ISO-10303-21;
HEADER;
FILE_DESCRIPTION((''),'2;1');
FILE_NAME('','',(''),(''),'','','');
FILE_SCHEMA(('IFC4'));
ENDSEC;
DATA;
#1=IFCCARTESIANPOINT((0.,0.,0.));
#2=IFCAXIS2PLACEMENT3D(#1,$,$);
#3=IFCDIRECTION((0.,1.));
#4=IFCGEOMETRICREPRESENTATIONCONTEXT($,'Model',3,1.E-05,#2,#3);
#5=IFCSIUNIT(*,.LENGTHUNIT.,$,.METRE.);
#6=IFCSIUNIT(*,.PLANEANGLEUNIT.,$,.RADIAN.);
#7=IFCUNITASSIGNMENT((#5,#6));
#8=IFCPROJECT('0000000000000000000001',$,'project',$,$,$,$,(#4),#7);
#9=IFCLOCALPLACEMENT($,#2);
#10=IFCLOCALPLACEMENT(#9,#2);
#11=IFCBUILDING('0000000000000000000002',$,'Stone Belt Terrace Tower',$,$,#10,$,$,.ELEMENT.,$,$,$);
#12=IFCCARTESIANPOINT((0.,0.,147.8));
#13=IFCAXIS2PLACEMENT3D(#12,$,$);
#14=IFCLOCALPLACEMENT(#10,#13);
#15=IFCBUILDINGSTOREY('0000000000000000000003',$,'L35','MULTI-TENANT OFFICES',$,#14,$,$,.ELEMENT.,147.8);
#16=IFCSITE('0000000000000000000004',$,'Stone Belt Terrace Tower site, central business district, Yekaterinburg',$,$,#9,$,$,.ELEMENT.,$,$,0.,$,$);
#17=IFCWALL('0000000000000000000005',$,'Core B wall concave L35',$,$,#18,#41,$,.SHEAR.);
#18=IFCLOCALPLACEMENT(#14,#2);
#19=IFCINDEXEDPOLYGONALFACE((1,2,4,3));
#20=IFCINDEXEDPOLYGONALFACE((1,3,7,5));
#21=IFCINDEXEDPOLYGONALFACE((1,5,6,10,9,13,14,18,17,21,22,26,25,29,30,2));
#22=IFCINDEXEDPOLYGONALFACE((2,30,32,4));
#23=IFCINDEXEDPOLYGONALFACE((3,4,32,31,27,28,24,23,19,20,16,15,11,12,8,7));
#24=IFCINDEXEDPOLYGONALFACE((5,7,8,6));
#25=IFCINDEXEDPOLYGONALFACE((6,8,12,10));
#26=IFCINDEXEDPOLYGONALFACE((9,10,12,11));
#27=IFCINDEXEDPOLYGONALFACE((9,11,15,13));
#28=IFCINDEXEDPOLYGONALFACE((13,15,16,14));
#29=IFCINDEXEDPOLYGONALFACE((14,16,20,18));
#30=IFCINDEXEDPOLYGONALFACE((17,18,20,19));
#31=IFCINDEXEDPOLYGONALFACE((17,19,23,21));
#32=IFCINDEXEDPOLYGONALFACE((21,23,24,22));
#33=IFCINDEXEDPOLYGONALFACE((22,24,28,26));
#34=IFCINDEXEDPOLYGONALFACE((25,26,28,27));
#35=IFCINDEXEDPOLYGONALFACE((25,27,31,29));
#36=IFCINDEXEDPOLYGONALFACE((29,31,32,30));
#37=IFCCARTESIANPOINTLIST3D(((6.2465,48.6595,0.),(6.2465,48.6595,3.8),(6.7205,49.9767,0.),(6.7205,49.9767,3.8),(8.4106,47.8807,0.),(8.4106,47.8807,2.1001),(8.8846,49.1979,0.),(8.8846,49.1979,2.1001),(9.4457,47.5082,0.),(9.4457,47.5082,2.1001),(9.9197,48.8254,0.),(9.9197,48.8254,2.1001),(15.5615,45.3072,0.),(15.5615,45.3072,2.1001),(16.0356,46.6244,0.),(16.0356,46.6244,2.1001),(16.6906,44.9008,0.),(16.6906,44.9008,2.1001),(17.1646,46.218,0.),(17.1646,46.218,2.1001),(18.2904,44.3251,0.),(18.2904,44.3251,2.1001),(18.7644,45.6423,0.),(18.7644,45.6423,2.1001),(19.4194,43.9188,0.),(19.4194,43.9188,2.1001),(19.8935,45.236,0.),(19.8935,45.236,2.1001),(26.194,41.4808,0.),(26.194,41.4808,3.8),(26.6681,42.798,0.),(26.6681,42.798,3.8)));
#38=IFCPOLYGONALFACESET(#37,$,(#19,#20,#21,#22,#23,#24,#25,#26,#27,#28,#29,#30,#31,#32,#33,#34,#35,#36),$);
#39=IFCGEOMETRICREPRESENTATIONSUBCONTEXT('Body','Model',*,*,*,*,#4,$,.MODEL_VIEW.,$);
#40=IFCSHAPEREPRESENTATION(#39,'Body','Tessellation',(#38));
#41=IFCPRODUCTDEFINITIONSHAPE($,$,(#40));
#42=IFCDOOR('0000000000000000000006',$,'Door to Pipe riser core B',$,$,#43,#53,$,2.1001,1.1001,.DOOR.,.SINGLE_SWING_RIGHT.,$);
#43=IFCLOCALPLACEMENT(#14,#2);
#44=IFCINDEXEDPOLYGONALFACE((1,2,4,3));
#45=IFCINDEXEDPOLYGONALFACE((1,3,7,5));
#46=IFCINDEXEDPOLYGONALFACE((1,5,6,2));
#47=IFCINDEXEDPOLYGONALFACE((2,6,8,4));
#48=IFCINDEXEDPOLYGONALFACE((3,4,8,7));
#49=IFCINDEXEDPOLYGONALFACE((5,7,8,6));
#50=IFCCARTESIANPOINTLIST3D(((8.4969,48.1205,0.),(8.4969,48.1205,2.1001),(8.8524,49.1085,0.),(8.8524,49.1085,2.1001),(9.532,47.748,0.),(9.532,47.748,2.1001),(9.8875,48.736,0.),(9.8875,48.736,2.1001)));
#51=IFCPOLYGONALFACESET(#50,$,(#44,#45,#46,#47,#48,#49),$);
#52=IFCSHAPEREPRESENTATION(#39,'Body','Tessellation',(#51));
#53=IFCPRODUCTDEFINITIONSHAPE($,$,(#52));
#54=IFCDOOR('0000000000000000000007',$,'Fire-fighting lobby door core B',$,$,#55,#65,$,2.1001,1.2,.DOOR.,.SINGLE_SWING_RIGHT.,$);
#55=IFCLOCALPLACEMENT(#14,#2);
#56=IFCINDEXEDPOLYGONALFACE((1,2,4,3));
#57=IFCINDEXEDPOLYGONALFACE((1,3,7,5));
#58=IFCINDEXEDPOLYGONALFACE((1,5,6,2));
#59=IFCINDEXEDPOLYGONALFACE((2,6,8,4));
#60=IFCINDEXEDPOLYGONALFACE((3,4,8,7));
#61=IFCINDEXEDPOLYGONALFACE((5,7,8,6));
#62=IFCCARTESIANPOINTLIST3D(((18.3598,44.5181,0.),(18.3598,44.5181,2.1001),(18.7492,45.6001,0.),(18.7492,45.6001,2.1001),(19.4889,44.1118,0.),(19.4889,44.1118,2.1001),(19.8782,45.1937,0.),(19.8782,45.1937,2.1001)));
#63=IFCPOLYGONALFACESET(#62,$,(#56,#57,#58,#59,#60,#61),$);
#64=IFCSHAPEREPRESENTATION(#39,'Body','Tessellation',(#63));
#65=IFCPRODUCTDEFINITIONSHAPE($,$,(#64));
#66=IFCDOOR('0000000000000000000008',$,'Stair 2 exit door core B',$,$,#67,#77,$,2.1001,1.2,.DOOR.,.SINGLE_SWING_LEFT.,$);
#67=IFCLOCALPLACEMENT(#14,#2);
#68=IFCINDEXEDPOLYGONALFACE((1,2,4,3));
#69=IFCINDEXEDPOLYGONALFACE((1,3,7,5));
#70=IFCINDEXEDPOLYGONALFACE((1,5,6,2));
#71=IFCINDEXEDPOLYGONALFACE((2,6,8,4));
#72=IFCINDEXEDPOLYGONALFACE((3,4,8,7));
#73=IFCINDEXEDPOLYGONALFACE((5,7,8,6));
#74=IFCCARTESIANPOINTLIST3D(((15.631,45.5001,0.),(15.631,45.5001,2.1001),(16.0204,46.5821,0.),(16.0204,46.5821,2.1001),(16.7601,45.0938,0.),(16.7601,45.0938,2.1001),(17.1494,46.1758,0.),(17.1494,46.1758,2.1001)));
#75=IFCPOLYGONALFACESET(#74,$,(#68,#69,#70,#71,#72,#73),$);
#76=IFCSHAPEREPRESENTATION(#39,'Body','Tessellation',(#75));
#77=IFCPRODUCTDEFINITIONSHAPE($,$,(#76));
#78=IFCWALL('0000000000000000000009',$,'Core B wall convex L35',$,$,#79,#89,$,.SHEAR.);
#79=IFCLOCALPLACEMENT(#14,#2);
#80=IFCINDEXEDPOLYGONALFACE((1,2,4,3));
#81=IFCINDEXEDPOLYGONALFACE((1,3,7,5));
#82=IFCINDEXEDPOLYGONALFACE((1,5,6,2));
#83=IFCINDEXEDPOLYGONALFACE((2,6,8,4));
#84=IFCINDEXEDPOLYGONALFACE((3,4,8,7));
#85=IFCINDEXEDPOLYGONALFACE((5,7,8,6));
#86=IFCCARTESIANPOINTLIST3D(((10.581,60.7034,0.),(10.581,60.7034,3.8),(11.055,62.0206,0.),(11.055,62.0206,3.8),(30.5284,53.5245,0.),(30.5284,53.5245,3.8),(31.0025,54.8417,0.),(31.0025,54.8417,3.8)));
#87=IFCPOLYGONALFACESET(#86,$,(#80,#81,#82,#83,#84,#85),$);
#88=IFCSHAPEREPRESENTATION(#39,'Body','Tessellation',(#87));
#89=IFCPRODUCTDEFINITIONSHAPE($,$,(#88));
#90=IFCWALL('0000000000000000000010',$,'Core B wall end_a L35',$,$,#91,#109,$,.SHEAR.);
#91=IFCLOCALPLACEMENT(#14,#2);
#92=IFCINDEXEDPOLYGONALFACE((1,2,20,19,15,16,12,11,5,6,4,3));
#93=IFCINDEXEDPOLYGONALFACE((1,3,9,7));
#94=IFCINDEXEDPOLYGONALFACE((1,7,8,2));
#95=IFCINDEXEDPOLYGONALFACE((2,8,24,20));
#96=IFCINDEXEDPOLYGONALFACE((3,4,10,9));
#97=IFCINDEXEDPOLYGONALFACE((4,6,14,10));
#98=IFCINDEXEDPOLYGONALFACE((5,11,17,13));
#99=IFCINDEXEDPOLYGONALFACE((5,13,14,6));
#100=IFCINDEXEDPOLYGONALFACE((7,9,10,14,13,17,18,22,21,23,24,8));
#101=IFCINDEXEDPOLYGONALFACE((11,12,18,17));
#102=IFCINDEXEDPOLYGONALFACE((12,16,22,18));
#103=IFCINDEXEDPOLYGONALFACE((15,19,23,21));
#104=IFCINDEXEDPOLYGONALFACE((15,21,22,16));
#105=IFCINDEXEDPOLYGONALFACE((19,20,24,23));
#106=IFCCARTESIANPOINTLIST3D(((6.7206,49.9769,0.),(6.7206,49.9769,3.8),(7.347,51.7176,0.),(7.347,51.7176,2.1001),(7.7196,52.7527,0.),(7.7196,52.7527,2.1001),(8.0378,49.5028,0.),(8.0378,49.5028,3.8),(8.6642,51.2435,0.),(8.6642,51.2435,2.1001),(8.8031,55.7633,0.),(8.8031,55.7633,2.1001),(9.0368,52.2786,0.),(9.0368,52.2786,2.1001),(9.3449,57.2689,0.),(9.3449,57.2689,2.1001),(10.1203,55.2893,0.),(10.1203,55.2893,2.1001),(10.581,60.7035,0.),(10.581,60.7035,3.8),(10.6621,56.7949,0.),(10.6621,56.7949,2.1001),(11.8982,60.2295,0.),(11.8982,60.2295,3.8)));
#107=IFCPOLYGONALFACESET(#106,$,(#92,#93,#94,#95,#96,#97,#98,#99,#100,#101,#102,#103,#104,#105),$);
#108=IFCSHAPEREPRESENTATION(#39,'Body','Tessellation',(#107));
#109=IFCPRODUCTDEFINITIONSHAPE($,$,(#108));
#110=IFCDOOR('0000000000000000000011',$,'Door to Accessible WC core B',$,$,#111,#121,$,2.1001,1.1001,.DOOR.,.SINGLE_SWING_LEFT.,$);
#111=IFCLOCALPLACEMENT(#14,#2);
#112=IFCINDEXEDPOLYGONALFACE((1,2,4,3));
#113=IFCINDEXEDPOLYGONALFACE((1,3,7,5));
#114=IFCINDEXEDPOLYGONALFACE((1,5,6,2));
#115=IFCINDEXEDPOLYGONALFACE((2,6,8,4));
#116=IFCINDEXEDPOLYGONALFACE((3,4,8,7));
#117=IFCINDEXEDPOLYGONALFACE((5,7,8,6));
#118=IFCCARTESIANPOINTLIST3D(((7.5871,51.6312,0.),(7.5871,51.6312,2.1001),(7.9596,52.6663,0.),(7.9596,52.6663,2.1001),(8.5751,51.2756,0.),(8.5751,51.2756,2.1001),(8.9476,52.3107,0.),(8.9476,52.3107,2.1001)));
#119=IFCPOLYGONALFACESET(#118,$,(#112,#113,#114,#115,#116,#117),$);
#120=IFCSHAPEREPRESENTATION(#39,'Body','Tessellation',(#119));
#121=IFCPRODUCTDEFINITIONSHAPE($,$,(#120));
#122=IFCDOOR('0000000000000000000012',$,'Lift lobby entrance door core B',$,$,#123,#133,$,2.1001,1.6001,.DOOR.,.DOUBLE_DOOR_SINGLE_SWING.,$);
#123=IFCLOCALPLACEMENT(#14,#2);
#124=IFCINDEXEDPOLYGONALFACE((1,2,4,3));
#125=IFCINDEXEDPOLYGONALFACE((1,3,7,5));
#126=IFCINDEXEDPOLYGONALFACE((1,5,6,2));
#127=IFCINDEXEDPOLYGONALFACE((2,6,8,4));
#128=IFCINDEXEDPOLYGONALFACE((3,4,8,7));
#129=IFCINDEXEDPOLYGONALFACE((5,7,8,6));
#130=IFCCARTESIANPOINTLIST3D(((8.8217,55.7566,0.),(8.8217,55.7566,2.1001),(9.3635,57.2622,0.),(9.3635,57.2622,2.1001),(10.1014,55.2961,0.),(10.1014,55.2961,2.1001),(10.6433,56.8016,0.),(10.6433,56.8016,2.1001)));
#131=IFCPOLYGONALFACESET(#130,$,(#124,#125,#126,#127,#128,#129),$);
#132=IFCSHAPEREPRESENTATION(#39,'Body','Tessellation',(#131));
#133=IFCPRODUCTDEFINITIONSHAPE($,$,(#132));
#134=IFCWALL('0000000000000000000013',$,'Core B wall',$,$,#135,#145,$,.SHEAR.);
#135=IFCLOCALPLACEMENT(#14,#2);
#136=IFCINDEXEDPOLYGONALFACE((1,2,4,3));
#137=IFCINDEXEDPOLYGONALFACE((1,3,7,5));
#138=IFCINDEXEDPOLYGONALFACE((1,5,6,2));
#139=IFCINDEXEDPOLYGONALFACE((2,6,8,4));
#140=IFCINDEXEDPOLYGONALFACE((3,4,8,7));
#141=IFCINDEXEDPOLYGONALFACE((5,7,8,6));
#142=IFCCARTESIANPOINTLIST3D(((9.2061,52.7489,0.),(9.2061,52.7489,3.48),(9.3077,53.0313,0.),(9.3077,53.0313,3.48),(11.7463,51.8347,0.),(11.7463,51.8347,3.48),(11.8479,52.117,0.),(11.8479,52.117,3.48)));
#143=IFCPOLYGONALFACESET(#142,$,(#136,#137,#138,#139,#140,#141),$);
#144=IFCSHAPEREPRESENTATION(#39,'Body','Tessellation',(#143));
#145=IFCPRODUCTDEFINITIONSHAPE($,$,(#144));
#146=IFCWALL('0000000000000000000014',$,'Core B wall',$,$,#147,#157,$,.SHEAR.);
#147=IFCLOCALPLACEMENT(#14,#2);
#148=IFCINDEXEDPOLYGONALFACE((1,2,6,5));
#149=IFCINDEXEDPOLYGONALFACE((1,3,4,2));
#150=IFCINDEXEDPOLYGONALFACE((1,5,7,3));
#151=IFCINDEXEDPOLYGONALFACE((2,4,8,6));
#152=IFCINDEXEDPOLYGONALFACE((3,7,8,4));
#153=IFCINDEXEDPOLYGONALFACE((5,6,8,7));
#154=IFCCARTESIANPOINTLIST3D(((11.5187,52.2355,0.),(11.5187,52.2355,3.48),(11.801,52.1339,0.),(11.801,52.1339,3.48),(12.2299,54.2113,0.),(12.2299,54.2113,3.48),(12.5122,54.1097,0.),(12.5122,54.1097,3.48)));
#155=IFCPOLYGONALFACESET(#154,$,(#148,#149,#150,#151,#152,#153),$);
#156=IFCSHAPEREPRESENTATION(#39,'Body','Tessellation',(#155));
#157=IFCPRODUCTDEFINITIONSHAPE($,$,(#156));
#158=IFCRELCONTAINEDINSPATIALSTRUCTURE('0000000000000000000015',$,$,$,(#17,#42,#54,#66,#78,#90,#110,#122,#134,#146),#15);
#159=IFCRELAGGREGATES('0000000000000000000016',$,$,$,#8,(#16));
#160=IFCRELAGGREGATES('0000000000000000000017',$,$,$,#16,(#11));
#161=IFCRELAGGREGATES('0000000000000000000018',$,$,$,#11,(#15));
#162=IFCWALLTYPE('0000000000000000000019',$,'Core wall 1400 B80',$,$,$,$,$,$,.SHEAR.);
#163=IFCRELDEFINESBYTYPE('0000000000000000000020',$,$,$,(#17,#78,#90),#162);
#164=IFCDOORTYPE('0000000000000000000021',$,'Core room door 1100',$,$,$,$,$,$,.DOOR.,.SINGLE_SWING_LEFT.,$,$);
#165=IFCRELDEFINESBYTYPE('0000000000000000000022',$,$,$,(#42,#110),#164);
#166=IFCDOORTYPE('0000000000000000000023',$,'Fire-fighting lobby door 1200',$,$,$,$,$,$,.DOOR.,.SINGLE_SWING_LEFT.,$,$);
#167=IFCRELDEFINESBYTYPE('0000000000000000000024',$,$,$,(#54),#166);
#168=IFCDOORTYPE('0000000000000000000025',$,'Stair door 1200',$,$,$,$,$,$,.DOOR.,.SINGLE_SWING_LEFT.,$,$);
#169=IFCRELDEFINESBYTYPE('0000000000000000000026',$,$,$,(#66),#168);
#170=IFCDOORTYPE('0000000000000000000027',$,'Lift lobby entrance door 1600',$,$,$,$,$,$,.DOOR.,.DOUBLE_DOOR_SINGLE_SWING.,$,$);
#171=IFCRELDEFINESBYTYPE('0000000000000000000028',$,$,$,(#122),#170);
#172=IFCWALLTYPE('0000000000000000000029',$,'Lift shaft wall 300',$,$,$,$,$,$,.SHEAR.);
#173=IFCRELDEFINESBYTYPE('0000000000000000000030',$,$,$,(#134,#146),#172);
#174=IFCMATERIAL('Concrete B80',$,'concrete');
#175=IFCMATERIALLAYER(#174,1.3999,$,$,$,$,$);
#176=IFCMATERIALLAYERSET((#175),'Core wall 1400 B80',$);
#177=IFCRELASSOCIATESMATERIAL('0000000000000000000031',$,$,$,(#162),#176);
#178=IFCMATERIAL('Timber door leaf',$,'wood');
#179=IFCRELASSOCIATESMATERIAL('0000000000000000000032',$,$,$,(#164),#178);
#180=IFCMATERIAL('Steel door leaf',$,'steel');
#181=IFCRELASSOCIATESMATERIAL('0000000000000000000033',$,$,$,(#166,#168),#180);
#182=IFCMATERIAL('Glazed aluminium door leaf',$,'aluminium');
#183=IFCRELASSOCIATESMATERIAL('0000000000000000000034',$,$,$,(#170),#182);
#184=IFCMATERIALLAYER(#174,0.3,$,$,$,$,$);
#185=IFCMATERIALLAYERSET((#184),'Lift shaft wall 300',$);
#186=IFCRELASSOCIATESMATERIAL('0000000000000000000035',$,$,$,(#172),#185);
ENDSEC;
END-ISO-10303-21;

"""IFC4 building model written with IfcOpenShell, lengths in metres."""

from ifc_helpers import new_model, si_unit, direction, frame, frame_2d, origin, place, context, subcontext, project, spatial, rectangle, extrude, material, layer, layer_set, type_object, element, fill, save


model = new_model("IFC4")

# Units and contexts
model_context = context("Model", 3, precision=1e-05, world=origin(), true_north=direction((0.0, 1.0)))
body_context = subcontext(model_context, "Body", "Model", "MODEL_VIEW")
ifc_project = project(units=[si_unit("LENGTHUNIT", "METRE"), si_unit("PLANEANGLEUNIT", "RADIAN")], contexts=[model_context])

# Site, building, storey
site_placement = place(None, origin())
site = spatial("IfcSite", under=ifc_project, at=site_placement, Name="Stone Belt Terrace Tower site, central business district, Yekaterinburg", CompositionType="ELEMENT", RefElevation=0.0)
building_placement = place(site_placement, origin())
building = spatial("IfcBuilding", under=site, at=building_placement, Name="Stone Belt Terrace Tower", CompositionType="ELEMENT")
storey_placement = place(building_placement, frame((0.0, 0.0, 147.8)))
storey = spatial("IfcBuildingStorey", under=building, at=storey_placement, Name="L35", Description="MULTI-TENANT OFFICES", CompositionType="ELEMENT", Elevation=147.8)

# Shared definitions
ifc_material_1 = material(Name="Concrete B80", Category="concrete")

# Shared definitions
ifc_material_2 = material(Name="Timber door leaf", Category="wood")

# Wall, openings, doors
ifc_layer_1 = layer(ifc_material_1, 1.3999)
ifc_layer_set_1 = layer_set([ifc_layer_1], Name="Core wall 1400 B80")
wall_type_1 = type_object("IfcWallType", Name="Core wall 1400 B80", PredefinedType="SHEAR", material=ifc_layer_set_1)
wall_1_placement = place(storey_placement, frame((6.4834, 49.3181, 0.0), z_axis=(0.0, 0.0, 1.0), x_axis=(0.940923, -0.33862, 0.0)))
wall_1 = element("IfcWall", 1, at=wall_1_placement, inside=storey, type_object=wall_type_1, Name="Core B wall concave L35", PredefinedType="SHEAR", context=body_context, shape_type="SweptSolid", body=[
    extrude(rectangle(XDim=21.2, YDim=1.3999, at=frame_2d((10.6001, 0.0))), origin(), (0.0, 0.0, 1.0), 3.8),
])
opening_1_placement = place(wall_1_placement, frame((12.8, 0.0, 0.0)))
opening_1 = element("IfcOpeningElement", 2, at=opening_1_placement, cuts=wall_1, PredefinedType="OPENING", context=body_context, shape_type="SweptSolid", body=[
    extrude(rectangle(XDim=1.2, YDim=2.1001, at=frame_2d((0.6001, 1.05))), frame((0.0, 0.71, 0.0), z_axis=(0.0, -1.0, 0.0), x_axis=(1.0, 0.0, 0.0)), (0.0, 0.0, 1.0), 1.4199),
])
opening_2_placement = place(wall_1_placement, frame((9.8999, 0.0, 0.0)))
opening_2 = element("IfcOpeningElement", 3, at=opening_2_placement, cuts=wall_1, PredefinedType="OPENING", context=body_context, shape_type="SweptSolid", body=[
    extrude(rectangle(XDim=1.2, YDim=2.1001, at=frame_2d((0.6001, 1.05))), frame((0.0, 0.71, 0.0), z_axis=(0.0, -1.0, 0.0), x_axis=(1.0, 0.0, 0.0)), (0.0, 0.0, 1.0), 1.4199),
])
opening_3_placement = place(wall_1_placement, frame((2.3, 0.0, 0.0)))
opening_3 = element("IfcOpeningElement", 4, at=opening_3_placement, cuts=wall_1, PredefinedType="OPENING", context=body_context, shape_type="SweptSolid", body=[
    extrude(rectangle(XDim=1.1001, YDim=2.1001, at=frame_2d((0.55, 1.05))), frame((0.0, 0.71, 0.0), z_axis=(0.0, -1.0, 0.0), x_axis=(1.0, 0.0, 0.0)), (0.0, 0.0, 1.0), 1.4199),
])
door_type_1 = type_object("IfcDoorType", Name="Core room door 1100", OperationType="SINGLE_SWING_LEFT", PredefinedType="DOOR", material=ifc_material_2)
door_1_placement = place(opening_3_placement, origin())
door_1 = element("IfcDoor", 5, at=door_1_placement, inside=storey, type_object=door_type_1, Name="Door to Pipe riser core B", OperationType="SINGLE_SWING_RIGHT", OverallHeight=2.1001, OverallWidth=1.1001, PredefinedType="DOOR", context=body_context, shape_type="SweptSolid", body=[
    extrude(rectangle(XDim=1.1001, YDim=2.1001, at=frame_2d((0.55, 1.05))), frame((0.0, 0.605, 0.0), z_axis=(0.0, -1.0, 0.0), x_axis=(1.0, 0.0, 0.0)), (0.0, 0.0, 1.0), 1.05),
])
fill(opening_3, door_1)
ifc_material_3 = material(Name="Steel door leaf", Category="steel")
door_type_2 = type_object("IfcDoorType", Name="Fire-fighting lobby door 1200", OperationType="SINGLE_SWING_LEFT", PredefinedType="DOOR", material=ifc_material_3)
door_2_placement = place(opening_1_placement, origin())
door_2 = element("IfcDoor", 6, at=door_2_placement, inside=storey, type_object=door_type_2, Name="Fire-fighting lobby door core B", OperationType="SINGLE_SWING_RIGHT", OverallHeight=2.1001, OverallWidth=1.2, PredefinedType="DOOR", context=body_context, shape_type="SweptSolid", body=[
    extrude(rectangle(XDim=1.2, YDim=2.1001, at=frame_2d((0.6001, 1.05))), frame((0.0, 0.655, 0.0), z_axis=(0.0, -1.0, 0.0), x_axis=(1.0, 0.0, 0.0)), (0.0, 0.0, 1.0), 1.1499),
])
fill(opening_1, door_2)
door_type_3 = type_object("IfcDoorType", Name="Stair door 1200", OperationType="SINGLE_SWING_LEFT", PredefinedType="DOOR", material=ifc_material_3)
door_3_placement = place(opening_2_placement, origin())
door_3 = element("IfcDoor", 7, at=door_3_placement, inside=storey, type_object=door_type_3, Name="Stair 2 exit door core B", OperationType="SINGLE_SWING_LEFT", OverallHeight=2.1001, OverallWidth=1.2, PredefinedType="DOOR", context=body_context, shape_type="SweptSolid", body=[
    extrude(rectangle(XDim=1.2, YDim=2.1001, at=frame_2d((0.6001, 1.05))), frame((0.0, 0.655, 0.0), z_axis=(0.0, -1.0, 0.0), x_axis=(1.0, 0.0, 0.0)), (0.0, 0.0, 1.0), 1.1499),
])
fill(opening_2, door_3)

# Wall
wall_2_placement = place(storey_placement, frame((10.8179, 61.3621, 0.0), z_axis=(0.0, 0.0, 1.0), x_axis=(0.94092, -0.33863, 0.0)))
element("IfcWall", 8, at=wall_2_placement, inside=storey, type_object=wall_type_1, Name="Core B wall convex L35", PredefinedType="SHEAR", context=body_context, shape_type="SweptSolid", body=[
    extrude(rectangle(XDim=21.2, YDim=1.3999, at=frame_2d((10.6001, 0.0))), origin(), (0.0, 0.0, 1.0), 3.8),
])

# Wall, openings, doors
wall_3_placement = place(storey_placement, frame((7.3792, 49.7397, 0.0), z_axis=(0.0, 0.0, 1.0), x_axis=(0.338625, 0.940921, 0.0)))
wall_3 = element("IfcWall", 9, at=wall_3_placement, inside=storey, type_object=wall_type_1, Name="Core B wall end_a L35", PredefinedType="SHEAR", context=body_context, shape_type="SweptSolid", body=[
    extrude(rectangle(XDim=11.4001, YDim=1.3999, at=frame_2d((5.7002, 0.0))), origin(), (0.0, 0.0, 1.0), 3.8),
])
opening_4_placement = place(wall_3_placement, frame((6.1499, 0.0, 0.0)))
opening_4 = element("IfcOpeningElement", 10, at=opening_4_placement, cuts=wall_3, PredefinedType="OPENING", context=body_context, shape_type="SweptSolid", body=[
    extrude(rectangle(XDim=1.6001, YDim=2.1001, at=frame_2d((0.8, 1.05))), frame((0.0, 0.71, 0.0), z_axis=(0.0, -1.0, 0.0), x_axis=(1.0, 0.0, 0.0)), (0.0, 0.0, 1.0), 1.4199),
])
opening_5_placement = place(wall_3_placement, frame((1.8501, 0.0, 0.0)))
opening_5 = element("IfcOpeningElement", 11, at=opening_5_placement, cuts=wall_3, PredefinedType="OPENING", context=body_context, shape_type="SweptSolid", body=[
    extrude(rectangle(XDim=1.1001, YDim=2.1001, at=frame_2d((0.55, 1.05))), frame((0.0, 0.71, 0.0), z_axis=(0.0, -1.0, 0.0), x_axis=(1.0, 0.0, 0.0)), (0.0, 0.0, 1.0), 1.4199),
])
door_4_placement = place(opening_5_placement, origin())
door_4 = element("IfcDoor", 12, at=door_4_placement, inside=storey, type_object=door_type_1, Name="Door to Accessible WC core B", OperationType="SINGLE_SWING_LEFT", OverallHeight=2.1001, OverallWidth=1.1001, PredefinedType="DOOR", context=body_context, shape_type="SweptSolid", body=[
    extrude(rectangle(XDim=1.1001, YDim=2.1001, at=frame_2d((0.55, 1.05))), frame((0.0, 0.4448, 0.0), z_axis=(0.0, -1.0, 0.0), x_axis=(1.0, 0.0, 0.0)), (0.0, 0.0, 1.0), 1.05),
])
fill(opening_5, door_4)
ifc_material_4 = material(Name="Glazed aluminium door leaf", Category="aluminium")
door_type_4 = type_object("IfcDoorType", Name="Lift lobby entrance door 1600", OperationType="DOUBLE_DOOR_SINGLE_SWING", PredefinedType="DOOR", material=ifc_material_4)
door_5_placement = place(opening_4_placement, origin())
door_5 = element("IfcDoor", 13, at=door_5_placement, inside=storey, type_object=door_type_4, Name="Lift lobby entrance door core B", OperationType="DOUBLE_DOOR_SINGLE_SWING", OverallHeight=2.1001, OverallWidth=1.6001, PredefinedType="DOOR", context=body_context, shape_type="SweptSolid", body=[
    extrude(rectangle(XDim=1.6001, YDim=2.1001, at=frame_2d((0.8, 1.05))), frame((0.0, 0.6802, 0.0), z_axis=(0.0, -1.0, 0.0), x_axis=(1.0, 0.0, 0.0)), (0.0, 0.0, 1.0), 1.3601),
])
fill(opening_4, door_5)

# Walls
ifc_layer_2 = layer(ifc_material_1, 0.3)
ifc_layer_set_2 = layer_set([ifc_layer_2], Name="Lift shaft wall 300")
wall_type_2 = type_object("IfcWallType", Name="Lift shaft wall 300", PredefinedType="SHEAR", material=ifc_layer_set_2)
wall_4_placement = place(storey_placement, frame((11.7971, 51.9758, 0.0), z_axis=(0.0, 0.0, 1.0), x_axis=(-0.94091, 0.338655, 0.0)))
element("IfcWall", 14, at=wall_4_placement, inside=storey, type_object=wall_type_2, Name="Core B wall", PredefinedType="SHEAR", context=body_context, shape_type="SweptSolid", body=[
    extrude(rectangle(XDim=2.6997, YDim=0.3, at=frame_2d((1.3499, 0.0))), origin(), (0.0, 0.0, 1.0), 3.48),
])
wall_5_placement = place(storey_placement, frame((11.6599, 52.1848, 0.0), z_axis=(0.0, 0.0, 1.0), x_axis=(0.33867, 0.940905, 0.0)))
element("IfcWall", 15, at=wall_5_placement, inside=storey, type_object=wall_type_2, Name="Core B wall", PredefinedType="SHEAR", context=body_context, shape_type="SweptSolid", body=[
    extrude(rectangle(XDim=2.0999, YDim=0.3, at=frame_2d((1.0498, 0.0))), origin(), (0.0, 0.0, 1.0), 3.48),
])

save(model, "model.ifc")
